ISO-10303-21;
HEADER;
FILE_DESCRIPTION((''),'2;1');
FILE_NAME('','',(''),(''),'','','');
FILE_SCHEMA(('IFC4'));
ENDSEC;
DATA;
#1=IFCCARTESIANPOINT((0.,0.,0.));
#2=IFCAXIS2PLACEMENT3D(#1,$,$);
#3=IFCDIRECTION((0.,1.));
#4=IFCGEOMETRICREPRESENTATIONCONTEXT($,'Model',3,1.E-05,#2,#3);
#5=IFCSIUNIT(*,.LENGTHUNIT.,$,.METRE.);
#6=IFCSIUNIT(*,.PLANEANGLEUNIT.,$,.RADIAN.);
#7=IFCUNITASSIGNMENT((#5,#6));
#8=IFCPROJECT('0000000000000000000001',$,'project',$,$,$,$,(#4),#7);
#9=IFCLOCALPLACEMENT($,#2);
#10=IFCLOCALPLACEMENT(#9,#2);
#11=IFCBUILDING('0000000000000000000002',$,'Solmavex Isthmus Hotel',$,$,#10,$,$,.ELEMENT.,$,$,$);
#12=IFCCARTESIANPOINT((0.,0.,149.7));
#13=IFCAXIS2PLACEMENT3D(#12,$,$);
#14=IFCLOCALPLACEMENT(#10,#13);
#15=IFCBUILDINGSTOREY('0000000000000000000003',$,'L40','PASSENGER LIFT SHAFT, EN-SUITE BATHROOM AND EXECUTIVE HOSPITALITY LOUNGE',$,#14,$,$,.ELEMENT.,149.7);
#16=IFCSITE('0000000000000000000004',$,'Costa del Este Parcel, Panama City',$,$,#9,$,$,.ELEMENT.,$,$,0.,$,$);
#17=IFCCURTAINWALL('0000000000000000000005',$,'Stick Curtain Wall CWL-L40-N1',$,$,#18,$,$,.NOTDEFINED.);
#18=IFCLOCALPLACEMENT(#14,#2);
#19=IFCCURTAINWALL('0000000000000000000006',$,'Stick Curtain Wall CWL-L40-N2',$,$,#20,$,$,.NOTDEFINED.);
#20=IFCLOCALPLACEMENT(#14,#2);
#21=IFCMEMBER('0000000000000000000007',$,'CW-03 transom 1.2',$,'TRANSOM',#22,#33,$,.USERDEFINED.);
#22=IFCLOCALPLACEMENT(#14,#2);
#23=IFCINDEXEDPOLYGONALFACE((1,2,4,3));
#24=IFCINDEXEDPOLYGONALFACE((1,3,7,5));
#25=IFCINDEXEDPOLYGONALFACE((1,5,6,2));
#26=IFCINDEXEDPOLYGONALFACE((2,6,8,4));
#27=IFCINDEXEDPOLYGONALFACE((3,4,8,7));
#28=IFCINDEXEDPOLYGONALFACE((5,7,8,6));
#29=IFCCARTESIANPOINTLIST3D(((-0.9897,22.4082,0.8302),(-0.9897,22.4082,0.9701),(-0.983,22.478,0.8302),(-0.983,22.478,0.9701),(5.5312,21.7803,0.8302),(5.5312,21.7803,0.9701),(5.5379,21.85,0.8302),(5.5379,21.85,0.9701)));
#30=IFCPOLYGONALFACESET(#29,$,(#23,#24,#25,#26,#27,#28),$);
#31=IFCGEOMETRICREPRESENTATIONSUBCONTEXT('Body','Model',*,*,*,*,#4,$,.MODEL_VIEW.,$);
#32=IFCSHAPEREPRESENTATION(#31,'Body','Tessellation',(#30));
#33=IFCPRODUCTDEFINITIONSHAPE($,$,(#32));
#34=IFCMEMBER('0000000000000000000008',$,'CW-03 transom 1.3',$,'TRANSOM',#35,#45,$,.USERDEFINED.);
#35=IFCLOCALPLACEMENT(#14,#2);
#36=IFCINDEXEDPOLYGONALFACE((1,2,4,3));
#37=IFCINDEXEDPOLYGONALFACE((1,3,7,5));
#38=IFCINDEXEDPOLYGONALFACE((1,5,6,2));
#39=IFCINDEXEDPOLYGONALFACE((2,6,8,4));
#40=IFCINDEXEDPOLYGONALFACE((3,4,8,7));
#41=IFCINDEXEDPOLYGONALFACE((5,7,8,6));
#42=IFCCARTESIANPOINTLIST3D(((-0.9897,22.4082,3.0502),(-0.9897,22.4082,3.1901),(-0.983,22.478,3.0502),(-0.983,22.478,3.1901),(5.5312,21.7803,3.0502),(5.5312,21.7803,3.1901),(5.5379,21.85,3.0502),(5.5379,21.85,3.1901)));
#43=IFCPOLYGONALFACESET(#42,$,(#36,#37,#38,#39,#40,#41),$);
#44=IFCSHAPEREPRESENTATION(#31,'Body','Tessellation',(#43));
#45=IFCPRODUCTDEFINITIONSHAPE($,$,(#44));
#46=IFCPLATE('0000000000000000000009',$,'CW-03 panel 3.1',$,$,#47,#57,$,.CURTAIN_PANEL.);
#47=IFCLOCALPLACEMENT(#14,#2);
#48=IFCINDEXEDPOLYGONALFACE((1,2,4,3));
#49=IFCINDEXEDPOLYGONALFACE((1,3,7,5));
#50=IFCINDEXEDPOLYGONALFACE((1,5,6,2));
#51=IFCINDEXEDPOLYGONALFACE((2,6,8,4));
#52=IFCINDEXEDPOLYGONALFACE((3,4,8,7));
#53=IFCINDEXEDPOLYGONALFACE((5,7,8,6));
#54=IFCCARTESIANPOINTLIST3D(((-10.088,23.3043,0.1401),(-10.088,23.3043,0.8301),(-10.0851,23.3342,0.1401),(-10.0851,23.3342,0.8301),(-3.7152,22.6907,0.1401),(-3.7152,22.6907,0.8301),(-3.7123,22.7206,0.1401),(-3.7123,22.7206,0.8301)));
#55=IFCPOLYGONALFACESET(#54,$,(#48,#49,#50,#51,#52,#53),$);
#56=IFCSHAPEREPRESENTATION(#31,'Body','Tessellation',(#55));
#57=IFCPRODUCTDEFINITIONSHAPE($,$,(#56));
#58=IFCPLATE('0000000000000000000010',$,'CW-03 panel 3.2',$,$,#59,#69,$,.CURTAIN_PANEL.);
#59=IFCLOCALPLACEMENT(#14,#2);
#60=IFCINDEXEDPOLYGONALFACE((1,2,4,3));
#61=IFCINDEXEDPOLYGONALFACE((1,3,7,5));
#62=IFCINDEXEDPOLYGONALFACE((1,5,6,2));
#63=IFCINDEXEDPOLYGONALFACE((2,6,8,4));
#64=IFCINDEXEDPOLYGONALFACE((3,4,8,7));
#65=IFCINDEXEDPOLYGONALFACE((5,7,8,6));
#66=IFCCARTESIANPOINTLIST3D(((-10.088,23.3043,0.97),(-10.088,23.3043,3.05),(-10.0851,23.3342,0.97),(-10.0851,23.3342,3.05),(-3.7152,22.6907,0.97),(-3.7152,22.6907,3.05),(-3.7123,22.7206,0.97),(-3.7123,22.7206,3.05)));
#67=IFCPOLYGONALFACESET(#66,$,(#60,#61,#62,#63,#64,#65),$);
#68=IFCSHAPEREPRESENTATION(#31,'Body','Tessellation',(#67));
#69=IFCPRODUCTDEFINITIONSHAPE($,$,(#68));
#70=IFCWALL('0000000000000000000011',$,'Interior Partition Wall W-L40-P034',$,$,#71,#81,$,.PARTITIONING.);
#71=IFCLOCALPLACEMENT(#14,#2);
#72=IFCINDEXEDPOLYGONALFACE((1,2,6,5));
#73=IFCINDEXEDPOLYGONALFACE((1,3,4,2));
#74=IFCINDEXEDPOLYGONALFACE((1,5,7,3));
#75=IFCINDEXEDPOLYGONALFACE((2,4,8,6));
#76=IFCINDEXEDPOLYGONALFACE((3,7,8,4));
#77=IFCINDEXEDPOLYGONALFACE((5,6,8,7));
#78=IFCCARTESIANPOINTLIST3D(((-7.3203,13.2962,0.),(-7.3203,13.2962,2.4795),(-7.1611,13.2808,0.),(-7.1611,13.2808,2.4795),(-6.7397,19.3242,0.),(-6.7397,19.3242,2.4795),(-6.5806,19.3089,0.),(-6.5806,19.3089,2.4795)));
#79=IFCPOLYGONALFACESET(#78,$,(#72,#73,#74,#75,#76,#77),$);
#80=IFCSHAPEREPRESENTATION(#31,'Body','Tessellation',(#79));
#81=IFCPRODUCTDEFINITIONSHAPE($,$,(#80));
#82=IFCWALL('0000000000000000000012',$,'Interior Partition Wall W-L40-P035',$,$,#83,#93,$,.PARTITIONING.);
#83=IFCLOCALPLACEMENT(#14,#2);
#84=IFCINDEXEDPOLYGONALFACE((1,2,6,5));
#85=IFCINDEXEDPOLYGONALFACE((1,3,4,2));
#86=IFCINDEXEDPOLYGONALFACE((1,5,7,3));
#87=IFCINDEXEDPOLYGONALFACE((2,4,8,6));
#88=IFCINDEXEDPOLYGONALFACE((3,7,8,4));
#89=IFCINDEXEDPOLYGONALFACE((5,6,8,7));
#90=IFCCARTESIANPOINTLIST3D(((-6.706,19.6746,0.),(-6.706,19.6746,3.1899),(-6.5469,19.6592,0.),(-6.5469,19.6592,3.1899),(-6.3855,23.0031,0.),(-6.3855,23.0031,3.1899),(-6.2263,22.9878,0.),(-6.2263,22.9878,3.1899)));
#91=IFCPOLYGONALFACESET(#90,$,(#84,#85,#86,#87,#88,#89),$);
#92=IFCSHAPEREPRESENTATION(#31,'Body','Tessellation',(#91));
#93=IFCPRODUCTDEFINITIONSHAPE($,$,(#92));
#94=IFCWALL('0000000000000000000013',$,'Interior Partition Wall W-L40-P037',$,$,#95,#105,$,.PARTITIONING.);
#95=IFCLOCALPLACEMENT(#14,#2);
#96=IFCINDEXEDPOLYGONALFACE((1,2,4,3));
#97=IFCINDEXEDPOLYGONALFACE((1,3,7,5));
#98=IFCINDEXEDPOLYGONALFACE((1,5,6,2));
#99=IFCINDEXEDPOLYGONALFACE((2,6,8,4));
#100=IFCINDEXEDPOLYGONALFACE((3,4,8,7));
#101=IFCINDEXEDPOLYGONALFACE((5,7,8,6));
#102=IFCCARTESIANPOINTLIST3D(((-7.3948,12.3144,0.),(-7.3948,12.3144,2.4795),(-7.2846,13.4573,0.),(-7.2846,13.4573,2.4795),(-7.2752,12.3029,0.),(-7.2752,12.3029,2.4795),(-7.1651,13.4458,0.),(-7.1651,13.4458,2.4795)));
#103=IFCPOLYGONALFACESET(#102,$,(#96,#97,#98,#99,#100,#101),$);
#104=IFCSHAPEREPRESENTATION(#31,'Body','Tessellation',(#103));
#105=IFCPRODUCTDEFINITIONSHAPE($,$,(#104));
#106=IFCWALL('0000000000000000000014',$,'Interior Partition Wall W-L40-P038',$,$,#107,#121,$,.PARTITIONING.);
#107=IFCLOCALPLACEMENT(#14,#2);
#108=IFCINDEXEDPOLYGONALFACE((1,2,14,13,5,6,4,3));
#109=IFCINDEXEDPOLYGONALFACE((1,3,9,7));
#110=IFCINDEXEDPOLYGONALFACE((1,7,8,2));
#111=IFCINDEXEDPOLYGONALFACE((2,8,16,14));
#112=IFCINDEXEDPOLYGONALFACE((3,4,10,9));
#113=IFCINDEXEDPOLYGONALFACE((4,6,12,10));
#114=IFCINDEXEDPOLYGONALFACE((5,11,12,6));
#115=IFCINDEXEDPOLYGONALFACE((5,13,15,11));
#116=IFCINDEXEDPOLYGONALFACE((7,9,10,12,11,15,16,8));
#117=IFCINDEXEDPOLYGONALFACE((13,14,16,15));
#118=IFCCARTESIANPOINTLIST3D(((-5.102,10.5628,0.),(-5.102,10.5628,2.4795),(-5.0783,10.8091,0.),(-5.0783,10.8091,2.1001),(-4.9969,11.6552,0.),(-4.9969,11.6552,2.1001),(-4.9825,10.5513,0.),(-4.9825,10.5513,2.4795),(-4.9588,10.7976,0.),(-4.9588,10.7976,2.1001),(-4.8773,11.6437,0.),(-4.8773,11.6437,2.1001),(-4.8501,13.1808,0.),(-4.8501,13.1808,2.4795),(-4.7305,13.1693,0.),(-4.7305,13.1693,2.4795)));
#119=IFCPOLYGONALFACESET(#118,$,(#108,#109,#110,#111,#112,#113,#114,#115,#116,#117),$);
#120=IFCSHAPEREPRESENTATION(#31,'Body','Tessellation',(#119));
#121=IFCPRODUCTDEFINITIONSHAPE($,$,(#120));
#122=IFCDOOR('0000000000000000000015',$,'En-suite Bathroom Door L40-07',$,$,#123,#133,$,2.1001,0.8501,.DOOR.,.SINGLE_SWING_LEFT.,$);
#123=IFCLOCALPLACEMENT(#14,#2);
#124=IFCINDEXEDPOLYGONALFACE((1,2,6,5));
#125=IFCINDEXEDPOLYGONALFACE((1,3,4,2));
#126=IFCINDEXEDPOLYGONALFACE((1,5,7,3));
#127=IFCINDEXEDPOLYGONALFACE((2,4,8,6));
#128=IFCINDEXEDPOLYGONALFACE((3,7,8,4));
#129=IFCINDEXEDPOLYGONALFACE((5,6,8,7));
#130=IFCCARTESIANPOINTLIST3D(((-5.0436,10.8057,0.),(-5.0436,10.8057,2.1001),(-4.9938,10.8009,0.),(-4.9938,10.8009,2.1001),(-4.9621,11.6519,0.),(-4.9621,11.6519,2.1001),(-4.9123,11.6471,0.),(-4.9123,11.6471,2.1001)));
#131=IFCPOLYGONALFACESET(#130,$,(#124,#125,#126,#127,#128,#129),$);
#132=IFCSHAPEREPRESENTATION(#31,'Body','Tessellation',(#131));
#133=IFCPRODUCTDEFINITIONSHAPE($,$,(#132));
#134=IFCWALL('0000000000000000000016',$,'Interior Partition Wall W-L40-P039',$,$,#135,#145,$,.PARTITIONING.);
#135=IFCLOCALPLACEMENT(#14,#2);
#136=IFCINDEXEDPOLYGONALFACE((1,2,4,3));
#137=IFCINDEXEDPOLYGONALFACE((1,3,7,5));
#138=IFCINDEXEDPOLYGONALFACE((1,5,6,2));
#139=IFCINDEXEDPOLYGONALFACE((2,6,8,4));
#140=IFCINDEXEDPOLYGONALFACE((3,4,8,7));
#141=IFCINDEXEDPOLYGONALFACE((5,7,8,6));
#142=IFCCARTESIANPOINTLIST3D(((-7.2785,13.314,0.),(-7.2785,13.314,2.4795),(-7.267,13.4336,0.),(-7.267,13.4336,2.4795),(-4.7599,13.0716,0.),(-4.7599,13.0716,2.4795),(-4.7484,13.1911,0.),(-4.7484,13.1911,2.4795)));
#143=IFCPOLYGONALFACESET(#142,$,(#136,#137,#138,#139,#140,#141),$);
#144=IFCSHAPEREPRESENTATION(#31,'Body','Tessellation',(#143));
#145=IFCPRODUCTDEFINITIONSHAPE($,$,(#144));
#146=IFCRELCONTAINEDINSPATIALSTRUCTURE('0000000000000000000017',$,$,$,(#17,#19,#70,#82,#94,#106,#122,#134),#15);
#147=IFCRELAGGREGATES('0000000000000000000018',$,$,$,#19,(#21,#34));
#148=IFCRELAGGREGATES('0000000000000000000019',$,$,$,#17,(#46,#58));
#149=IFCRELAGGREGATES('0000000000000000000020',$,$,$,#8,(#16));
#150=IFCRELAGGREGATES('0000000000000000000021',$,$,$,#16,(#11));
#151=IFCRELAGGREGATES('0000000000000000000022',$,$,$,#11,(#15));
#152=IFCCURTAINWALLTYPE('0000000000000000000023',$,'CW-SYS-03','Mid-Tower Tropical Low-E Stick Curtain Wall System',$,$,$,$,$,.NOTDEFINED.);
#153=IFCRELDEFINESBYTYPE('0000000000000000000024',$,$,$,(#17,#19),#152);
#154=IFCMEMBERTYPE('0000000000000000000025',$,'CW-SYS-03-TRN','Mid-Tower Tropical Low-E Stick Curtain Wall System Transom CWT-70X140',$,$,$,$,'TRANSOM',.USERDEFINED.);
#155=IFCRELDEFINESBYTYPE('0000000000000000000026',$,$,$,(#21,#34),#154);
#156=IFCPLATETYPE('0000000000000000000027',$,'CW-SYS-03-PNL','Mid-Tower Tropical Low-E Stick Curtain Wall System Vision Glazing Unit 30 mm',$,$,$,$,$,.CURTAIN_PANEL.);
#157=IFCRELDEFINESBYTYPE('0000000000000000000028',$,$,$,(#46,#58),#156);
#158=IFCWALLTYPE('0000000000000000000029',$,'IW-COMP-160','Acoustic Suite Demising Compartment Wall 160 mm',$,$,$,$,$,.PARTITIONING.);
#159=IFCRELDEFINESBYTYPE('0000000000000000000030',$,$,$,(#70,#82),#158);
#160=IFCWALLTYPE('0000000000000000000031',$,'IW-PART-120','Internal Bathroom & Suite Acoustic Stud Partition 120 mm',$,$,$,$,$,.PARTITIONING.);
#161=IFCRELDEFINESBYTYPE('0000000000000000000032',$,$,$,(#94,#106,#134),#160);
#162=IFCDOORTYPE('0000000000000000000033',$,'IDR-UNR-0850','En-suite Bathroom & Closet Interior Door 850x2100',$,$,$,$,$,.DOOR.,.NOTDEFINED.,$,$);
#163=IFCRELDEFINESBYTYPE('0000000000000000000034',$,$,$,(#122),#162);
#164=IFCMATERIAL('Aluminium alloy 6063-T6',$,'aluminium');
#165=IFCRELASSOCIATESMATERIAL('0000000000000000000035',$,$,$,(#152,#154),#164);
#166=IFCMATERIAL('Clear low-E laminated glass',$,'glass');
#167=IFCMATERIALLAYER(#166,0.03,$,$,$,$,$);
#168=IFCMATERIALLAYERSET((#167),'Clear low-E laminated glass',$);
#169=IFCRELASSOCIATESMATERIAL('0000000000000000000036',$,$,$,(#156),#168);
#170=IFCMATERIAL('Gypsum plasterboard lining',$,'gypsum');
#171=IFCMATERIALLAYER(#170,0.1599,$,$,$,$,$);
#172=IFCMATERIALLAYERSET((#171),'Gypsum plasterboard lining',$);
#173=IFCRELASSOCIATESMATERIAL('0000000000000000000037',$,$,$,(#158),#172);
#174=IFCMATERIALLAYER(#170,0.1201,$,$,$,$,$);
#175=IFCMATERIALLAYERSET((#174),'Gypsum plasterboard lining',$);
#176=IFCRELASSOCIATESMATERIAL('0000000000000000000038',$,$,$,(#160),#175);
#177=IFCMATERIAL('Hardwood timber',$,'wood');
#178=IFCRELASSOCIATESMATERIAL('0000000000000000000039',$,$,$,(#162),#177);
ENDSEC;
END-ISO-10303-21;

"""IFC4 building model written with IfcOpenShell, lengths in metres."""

from ifc_helpers import new_model, si_unit, direction, frame, frame_2d, origin, origin_2d, place, context, subcontext, project, spatial, rectangle, extrude, material, layer, layer_set, material_profile, profile_set, type_object, element, fill, aggregate, save


model = new_model("IFC4")

# Units and contexts
model_context = context("Model", 3, precision=1e-05, world=origin(), true_north=direction((0.0, 1.0)))
body_context = subcontext(model_context, "Body", "Model", "MODEL_VIEW")
ifc_project = project(units=[si_unit("LENGTHUNIT", "METRE"), si_unit("PLANEANGLEUNIT", "RADIAN")], contexts=[model_context])

# Site, building, storey
site_placement = place(None, origin())
site = spatial("IfcSite", under=ifc_project, at=site_placement, Name="Costa del Este Parcel, Panama City", CompositionType="ELEMENT", RefElevation=0.0)
building_placement = place(site_placement, origin())
building = spatial("IfcBuilding", under=site, at=building_placement, Name="Solmavex Isthmus Hotel", CompositionType="ELEMENT")
storey_placement = place(building_placement, frame((0.0, 0.0, 149.7)))
storey = spatial("IfcBuildingStorey", under=building, at=storey_placement, Name="L40", Description="PASSENGER LIFT SHAFT, EN-SUITE BATHROOM AND EXECUTIVE HOSPITALITY LOUNGE", CompositionType="ELEMENT", Elevation=149.7)

# Curtain wall
ifc_material_1 = material(Name="Aluminium alloy 6063-T6", Category="aluminium")
curtain_wall_type = type_object("IfcCurtainWallType", Name="CW-SYS-03", Description="Mid-Tower Tropical Low-E Stick Curtain Wall System", PredefinedType="NOTDEFINED", material=ifc_material_1)
curtain_wall_1_placement = place(storey_placement, origin())
curtain_wall_1 = element("IfcCurtainWall", 1, at=curtain_wall_1_placement, inside=storey, type_object=curtain_wall_type, Name="Stick Curtain Wall CWL-L40-N1", PredefinedType="NOTDEFINED")

# Curtain wall, members
curtain_wall_2_placement = place(storey_placement, origin())
curtain_wall_2 = element("IfcCurtainWall", 2, at=curtain_wall_2_placement, inside=storey, type_object=curtain_wall_type, Name="Stick Curtain Wall CWL-L40-N2", PredefinedType="NOTDEFINED")
ifc_material_profile_1 = material_profile(ifc_material_1, rectangle(XDim=0.0701, YDim=0.1399, at=origin_2d()), Name="CWT-70X140")
ifc_profile_set_1 = profile_set([ifc_material_profile_1], Name="Aluminium alloy 6063-T6")
member_type_1 = type_object("IfcMemberType", Name="CW-SYS-03-TRN", Description="Mid-Tower Tropical Low-E Stick Curtain Wall System Transom CWT-70X140", ElementType="TRANSOM", PredefinedType="USERDEFINED", material=ifc_profile_set_1)
member_1_placement = place(storey_placement, frame((-0.9863, 22.4431, 0.9001), z_axis=(0.995395, -0.095854, 0.0), x_axis=(0.095854, 0.995395, 0.0)))
member_1 = element("IfcMember", 3, at=member_1_placement, type_object=member_type_1, Name="CW-03 transom 1.2", ObjectType="TRANSOM", PredefinedType="USERDEFINED", context=body_context, shape_type="SweptSolid", body=[
    extrude(rectangle(XDim=0.0701, YDim=0.1399, at=origin_2d()), origin(), (0.0, 0.0, 1.0), 6.551),
])
member_2_placement = place(storey_placement, frame((-0.9863, 22.4431, 3.1201), z_axis=(0.995395, -0.095854, 0.0), x_axis=(0.095854, 0.995395, 0.0)))
member_2 = element("IfcMember", 4, at=member_2_placement, type_object=member_type_1, Name="CW-03 transom 1.3", ObjectType="TRANSOM", PredefinedType="USERDEFINED", context=body_context, shape_type="SweptSolid", body=[
    extrude(rectangle(XDim=0.0701, YDim=0.1399, at=origin_2d()), origin(), (0.0, 0.0, 1.0), 6.551),
])
aggregate(curtain_wall_2, [member_1, member_2])

# Plates
ifc_material_2 = material(Name="Clear low-E laminated glass", Category="glass")
ifc_layer_1 = layer(ifc_material_2, 0.03)
ifc_layer_set_1 = layer_set([ifc_layer_1], Name="Clear low-E laminated glass")
plate_type = type_object("IfcPlateType", Name="CW-SYS-03-PNL", Description="Mid-Tower Tropical Low-E Stick Curtain Wall System Vision Glazing Unit 30 mm", PredefinedType="CURTAIN_PANEL", material=ifc_layer_set_1)
plate_1_placement = place(storey_placement, frame((-6.9001, 23.0125, 0.1401), z_axis=(0.0, 0.0, 1.0), x_axis=(0.995396, -0.095846, 0.0)))
plate_1 = element("IfcPlate", 5, at=plate_1_placement, type_object=plate_type, Name="CW-03 panel 3.1", PredefinedType="CURTAIN_PANEL", context=body_context, shape_type="SweptSolid", body=[
    extrude(rectangle(XDim=6.4023, YDim=0.03, at=origin_2d()), origin(), (0.0, 0.0, 1.0), 0.6899),
])
plate_2_placement = place(storey_placement, frame((-6.9001, 23.0125, 0.97), z_axis=(0.0, 0.0, 1.0), x_axis=(0.995396, -0.095846, 0.0)))
plate_2 = element("IfcPlate", 6, at=plate_2_placement, type_object=plate_type, Name="CW-03 panel 3.2", PredefinedType="CURTAIN_PANEL", context=body_context, shape_type="SweptSolid", body=[
    extrude(rectangle(XDim=6.4023, YDim=0.03, at=origin_2d()), origin(), (0.0, 0.0, 1.0), 2.0801),
])
aggregate(curtain_wall_1, [plate_1, plate_2])

# Walls
ifc_material_3 = material(Name="Gypsum plasterboard lining", Category="gypsum")
ifc_layer_2 = layer(ifc_material_3, 0.1599)
ifc_layer_set_2 = layer_set([ifc_layer_2], Name="Gypsum plasterboard lining")
wall_type_1 = type_object("IfcWallType", Name="IW-COMP-160", Description="Acoustic Suite Demising Compartment Wall 160 mm", PredefinedType="PARTITIONING", material=ifc_layer_set_2)
wall_1_placement = place(storey_placement, frame((-6.6602, 19.3164, 0.0), z_axis=(0.0, 0.0, 1.0), x_axis=(-0.095867, -0.995394, 0.0)))
element("IfcWall", 7, at=wall_1_placement, inside=storey, type_object=wall_type_1, Name="Interior Partition Wall W-L40-P034", PredefinedType="PARTITIONING", context=body_context, shape_type="SweptSolid", body=[
    extrude(rectangle(XDim=6.0559, YDim=0.1599, at=frame_2d((3.0278, 0.0))), origin(), (0.0, 0.0, 1.0), 2.4795),
])
wall_2_placement = place(storey_placement, frame((-6.3059, 22.9954, 0.0), z_axis=(0.0, 0.0, 1.0), x_axis=(-0.09586, -0.995395, 0.0)))
element("IfcWall", 8, at=wall_2_placement, inside=storey, type_object=wall_type_1, Name="Interior Partition Wall W-L40-P035", PredefinedType="PARTITIONING", context=body_context, shape_type="SweptSolid", body=[
    extrude(rectangle(XDim=3.344, YDim=0.1599, at=frame_2d((1.6719, 0.0))), origin(), (0.0, 0.0, 1.0), 3.1899),
])

# Shared definitions
ifc_material_4 = material(Name="Hardwood timber", Category="wood")

# Wall
ifc_layer_3 = layer(ifc_material_3, 0.1201)
ifc_layer_set_3 = layer_set([ifc_layer_3], Name="Gypsum plasterboard lining")
wall_type_2 = type_object("IfcWallType", Name="IW-PART-120", Description="Internal Bathroom & Suite Acoustic Stud Partition 120 mm", PredefinedType="PARTITIONING", material=ifc_layer_set_3)
wall_3_placement = place(storey_placement, frame((-7.2249, 13.4517, 0.0), z_axis=(0.0, 0.0, 1.0), x_axis=(-0.095903, -0.995391, 0.0)))
element("IfcWall", 9, at=wall_3_placement, inside=storey, type_object=wall_type_2, Name="Interior Partition Wall W-L40-P037", PredefinedType="PARTITIONING", context=body_context, shape_type="SweptSolid", body=[
    extrude(rectangle(XDim=1.1482, YDim=0.1201, at=frame_2d((0.5742, 0.0))), origin(), (0.0, 0.0, 1.0), 2.4795),
])

# Wall, opening, door
wall_4_placement = place(storey_placement, frame((-5.0422, 10.5571, 0.0), z_axis=(0.0, 0.0, 1.0), x_axis=(0.095799, 0.995401, 0.0)))
wall_4 = element("IfcWall", 10, at=wall_4_placement, inside=storey, type_object=wall_type_2, Name="Interior Partition Wall W-L40-P038", PredefinedType="PARTITIONING", context=body_context, shape_type="SweptSolid", body=[
    extrude(rectangle(XDim=2.6301, YDim=0.1201, at=frame_2d((1.3149, 0.0))), origin(), (0.0, 0.0, 1.0), 2.4795),
])
opening_1_placement = place(wall_4_placement, frame((0.2473, 0.0, 0.0)))
opening_1 = element("IfcOpeningElement", 11, at=opening_1_placement, cuts=wall_4, PredefinedType="OPENING", context=body_context, shape_type="SweptSolid", body=[
    extrude(rectangle(XDim=0.8501, YDim=2.1001, at=frame_2d((0.425, 1.05))), frame((0.0, 0.0701, 0.0), z_axis=(0.0, -1.0, 0.0), x_axis=(1.0, 0.0, 0.0)), (0.0, 0.0, 1.0), 0.1401),
])
door_type_1 = type_object("IfcDoorType", Name="IDR-UNR-0850", Description="En-suite Bathroom & Closet Interior Door 850x2100", OperationType="NOTDEFINED", PredefinedType="DOOR", material=ifc_material_4)
door_1_placement = place(opening_1_placement, frame((0.8501, 0.0, 0.0), z_axis=(0.0, 0.0, 1.0), x_axis=(-1.0, 0.0, 0.0)))
door_1 = element("IfcDoor", 12, at=door_1_placement, inside=storey, type_object=door_type_1, Name="En-suite Bathroom Door L40-07", OperationType="SINGLE_SWING_LEFT", OverallHeight=2.1001, OverallWidth=0.8501, PredefinedType="DOOR", context=body_context, shape_type="SweptSolid", body=[
    extrude(rectangle(XDim=0.8501, YDim=2.1001, at=frame_2d((0.425, 1.05))), frame((0.0, 0.0249, 0.0), z_axis=(0.0, -1.0, 0.0), x_axis=(1.0, 0.0, 0.0)), (0.0, 0.0, 1.0), 0.05),
])
fill(opening_1, door_1)

# Wall
wall_5_placement = place(storey_placement, frame((-4.7542, 13.1313, 0.0), z_axis=(0.0, 0.0, 1.0), x_axis=(-0.995399, 0.095815, 0.0)))
element("IfcWall", 13, at=wall_5_placement, inside=storey, type_object=wall_type_2, Name="Interior Partition Wall W-L40-P039", PredefinedType="PARTITIONING", context=body_context, shape_type="SweptSolid", body=[
    extrude(rectangle(XDim=2.5303, YDim=0.1201, at=frame_2d((1.2651, 0.0))), origin(), (0.0, 0.0, 1.0), 2.4795),
])

save(model, "model.ifc")
